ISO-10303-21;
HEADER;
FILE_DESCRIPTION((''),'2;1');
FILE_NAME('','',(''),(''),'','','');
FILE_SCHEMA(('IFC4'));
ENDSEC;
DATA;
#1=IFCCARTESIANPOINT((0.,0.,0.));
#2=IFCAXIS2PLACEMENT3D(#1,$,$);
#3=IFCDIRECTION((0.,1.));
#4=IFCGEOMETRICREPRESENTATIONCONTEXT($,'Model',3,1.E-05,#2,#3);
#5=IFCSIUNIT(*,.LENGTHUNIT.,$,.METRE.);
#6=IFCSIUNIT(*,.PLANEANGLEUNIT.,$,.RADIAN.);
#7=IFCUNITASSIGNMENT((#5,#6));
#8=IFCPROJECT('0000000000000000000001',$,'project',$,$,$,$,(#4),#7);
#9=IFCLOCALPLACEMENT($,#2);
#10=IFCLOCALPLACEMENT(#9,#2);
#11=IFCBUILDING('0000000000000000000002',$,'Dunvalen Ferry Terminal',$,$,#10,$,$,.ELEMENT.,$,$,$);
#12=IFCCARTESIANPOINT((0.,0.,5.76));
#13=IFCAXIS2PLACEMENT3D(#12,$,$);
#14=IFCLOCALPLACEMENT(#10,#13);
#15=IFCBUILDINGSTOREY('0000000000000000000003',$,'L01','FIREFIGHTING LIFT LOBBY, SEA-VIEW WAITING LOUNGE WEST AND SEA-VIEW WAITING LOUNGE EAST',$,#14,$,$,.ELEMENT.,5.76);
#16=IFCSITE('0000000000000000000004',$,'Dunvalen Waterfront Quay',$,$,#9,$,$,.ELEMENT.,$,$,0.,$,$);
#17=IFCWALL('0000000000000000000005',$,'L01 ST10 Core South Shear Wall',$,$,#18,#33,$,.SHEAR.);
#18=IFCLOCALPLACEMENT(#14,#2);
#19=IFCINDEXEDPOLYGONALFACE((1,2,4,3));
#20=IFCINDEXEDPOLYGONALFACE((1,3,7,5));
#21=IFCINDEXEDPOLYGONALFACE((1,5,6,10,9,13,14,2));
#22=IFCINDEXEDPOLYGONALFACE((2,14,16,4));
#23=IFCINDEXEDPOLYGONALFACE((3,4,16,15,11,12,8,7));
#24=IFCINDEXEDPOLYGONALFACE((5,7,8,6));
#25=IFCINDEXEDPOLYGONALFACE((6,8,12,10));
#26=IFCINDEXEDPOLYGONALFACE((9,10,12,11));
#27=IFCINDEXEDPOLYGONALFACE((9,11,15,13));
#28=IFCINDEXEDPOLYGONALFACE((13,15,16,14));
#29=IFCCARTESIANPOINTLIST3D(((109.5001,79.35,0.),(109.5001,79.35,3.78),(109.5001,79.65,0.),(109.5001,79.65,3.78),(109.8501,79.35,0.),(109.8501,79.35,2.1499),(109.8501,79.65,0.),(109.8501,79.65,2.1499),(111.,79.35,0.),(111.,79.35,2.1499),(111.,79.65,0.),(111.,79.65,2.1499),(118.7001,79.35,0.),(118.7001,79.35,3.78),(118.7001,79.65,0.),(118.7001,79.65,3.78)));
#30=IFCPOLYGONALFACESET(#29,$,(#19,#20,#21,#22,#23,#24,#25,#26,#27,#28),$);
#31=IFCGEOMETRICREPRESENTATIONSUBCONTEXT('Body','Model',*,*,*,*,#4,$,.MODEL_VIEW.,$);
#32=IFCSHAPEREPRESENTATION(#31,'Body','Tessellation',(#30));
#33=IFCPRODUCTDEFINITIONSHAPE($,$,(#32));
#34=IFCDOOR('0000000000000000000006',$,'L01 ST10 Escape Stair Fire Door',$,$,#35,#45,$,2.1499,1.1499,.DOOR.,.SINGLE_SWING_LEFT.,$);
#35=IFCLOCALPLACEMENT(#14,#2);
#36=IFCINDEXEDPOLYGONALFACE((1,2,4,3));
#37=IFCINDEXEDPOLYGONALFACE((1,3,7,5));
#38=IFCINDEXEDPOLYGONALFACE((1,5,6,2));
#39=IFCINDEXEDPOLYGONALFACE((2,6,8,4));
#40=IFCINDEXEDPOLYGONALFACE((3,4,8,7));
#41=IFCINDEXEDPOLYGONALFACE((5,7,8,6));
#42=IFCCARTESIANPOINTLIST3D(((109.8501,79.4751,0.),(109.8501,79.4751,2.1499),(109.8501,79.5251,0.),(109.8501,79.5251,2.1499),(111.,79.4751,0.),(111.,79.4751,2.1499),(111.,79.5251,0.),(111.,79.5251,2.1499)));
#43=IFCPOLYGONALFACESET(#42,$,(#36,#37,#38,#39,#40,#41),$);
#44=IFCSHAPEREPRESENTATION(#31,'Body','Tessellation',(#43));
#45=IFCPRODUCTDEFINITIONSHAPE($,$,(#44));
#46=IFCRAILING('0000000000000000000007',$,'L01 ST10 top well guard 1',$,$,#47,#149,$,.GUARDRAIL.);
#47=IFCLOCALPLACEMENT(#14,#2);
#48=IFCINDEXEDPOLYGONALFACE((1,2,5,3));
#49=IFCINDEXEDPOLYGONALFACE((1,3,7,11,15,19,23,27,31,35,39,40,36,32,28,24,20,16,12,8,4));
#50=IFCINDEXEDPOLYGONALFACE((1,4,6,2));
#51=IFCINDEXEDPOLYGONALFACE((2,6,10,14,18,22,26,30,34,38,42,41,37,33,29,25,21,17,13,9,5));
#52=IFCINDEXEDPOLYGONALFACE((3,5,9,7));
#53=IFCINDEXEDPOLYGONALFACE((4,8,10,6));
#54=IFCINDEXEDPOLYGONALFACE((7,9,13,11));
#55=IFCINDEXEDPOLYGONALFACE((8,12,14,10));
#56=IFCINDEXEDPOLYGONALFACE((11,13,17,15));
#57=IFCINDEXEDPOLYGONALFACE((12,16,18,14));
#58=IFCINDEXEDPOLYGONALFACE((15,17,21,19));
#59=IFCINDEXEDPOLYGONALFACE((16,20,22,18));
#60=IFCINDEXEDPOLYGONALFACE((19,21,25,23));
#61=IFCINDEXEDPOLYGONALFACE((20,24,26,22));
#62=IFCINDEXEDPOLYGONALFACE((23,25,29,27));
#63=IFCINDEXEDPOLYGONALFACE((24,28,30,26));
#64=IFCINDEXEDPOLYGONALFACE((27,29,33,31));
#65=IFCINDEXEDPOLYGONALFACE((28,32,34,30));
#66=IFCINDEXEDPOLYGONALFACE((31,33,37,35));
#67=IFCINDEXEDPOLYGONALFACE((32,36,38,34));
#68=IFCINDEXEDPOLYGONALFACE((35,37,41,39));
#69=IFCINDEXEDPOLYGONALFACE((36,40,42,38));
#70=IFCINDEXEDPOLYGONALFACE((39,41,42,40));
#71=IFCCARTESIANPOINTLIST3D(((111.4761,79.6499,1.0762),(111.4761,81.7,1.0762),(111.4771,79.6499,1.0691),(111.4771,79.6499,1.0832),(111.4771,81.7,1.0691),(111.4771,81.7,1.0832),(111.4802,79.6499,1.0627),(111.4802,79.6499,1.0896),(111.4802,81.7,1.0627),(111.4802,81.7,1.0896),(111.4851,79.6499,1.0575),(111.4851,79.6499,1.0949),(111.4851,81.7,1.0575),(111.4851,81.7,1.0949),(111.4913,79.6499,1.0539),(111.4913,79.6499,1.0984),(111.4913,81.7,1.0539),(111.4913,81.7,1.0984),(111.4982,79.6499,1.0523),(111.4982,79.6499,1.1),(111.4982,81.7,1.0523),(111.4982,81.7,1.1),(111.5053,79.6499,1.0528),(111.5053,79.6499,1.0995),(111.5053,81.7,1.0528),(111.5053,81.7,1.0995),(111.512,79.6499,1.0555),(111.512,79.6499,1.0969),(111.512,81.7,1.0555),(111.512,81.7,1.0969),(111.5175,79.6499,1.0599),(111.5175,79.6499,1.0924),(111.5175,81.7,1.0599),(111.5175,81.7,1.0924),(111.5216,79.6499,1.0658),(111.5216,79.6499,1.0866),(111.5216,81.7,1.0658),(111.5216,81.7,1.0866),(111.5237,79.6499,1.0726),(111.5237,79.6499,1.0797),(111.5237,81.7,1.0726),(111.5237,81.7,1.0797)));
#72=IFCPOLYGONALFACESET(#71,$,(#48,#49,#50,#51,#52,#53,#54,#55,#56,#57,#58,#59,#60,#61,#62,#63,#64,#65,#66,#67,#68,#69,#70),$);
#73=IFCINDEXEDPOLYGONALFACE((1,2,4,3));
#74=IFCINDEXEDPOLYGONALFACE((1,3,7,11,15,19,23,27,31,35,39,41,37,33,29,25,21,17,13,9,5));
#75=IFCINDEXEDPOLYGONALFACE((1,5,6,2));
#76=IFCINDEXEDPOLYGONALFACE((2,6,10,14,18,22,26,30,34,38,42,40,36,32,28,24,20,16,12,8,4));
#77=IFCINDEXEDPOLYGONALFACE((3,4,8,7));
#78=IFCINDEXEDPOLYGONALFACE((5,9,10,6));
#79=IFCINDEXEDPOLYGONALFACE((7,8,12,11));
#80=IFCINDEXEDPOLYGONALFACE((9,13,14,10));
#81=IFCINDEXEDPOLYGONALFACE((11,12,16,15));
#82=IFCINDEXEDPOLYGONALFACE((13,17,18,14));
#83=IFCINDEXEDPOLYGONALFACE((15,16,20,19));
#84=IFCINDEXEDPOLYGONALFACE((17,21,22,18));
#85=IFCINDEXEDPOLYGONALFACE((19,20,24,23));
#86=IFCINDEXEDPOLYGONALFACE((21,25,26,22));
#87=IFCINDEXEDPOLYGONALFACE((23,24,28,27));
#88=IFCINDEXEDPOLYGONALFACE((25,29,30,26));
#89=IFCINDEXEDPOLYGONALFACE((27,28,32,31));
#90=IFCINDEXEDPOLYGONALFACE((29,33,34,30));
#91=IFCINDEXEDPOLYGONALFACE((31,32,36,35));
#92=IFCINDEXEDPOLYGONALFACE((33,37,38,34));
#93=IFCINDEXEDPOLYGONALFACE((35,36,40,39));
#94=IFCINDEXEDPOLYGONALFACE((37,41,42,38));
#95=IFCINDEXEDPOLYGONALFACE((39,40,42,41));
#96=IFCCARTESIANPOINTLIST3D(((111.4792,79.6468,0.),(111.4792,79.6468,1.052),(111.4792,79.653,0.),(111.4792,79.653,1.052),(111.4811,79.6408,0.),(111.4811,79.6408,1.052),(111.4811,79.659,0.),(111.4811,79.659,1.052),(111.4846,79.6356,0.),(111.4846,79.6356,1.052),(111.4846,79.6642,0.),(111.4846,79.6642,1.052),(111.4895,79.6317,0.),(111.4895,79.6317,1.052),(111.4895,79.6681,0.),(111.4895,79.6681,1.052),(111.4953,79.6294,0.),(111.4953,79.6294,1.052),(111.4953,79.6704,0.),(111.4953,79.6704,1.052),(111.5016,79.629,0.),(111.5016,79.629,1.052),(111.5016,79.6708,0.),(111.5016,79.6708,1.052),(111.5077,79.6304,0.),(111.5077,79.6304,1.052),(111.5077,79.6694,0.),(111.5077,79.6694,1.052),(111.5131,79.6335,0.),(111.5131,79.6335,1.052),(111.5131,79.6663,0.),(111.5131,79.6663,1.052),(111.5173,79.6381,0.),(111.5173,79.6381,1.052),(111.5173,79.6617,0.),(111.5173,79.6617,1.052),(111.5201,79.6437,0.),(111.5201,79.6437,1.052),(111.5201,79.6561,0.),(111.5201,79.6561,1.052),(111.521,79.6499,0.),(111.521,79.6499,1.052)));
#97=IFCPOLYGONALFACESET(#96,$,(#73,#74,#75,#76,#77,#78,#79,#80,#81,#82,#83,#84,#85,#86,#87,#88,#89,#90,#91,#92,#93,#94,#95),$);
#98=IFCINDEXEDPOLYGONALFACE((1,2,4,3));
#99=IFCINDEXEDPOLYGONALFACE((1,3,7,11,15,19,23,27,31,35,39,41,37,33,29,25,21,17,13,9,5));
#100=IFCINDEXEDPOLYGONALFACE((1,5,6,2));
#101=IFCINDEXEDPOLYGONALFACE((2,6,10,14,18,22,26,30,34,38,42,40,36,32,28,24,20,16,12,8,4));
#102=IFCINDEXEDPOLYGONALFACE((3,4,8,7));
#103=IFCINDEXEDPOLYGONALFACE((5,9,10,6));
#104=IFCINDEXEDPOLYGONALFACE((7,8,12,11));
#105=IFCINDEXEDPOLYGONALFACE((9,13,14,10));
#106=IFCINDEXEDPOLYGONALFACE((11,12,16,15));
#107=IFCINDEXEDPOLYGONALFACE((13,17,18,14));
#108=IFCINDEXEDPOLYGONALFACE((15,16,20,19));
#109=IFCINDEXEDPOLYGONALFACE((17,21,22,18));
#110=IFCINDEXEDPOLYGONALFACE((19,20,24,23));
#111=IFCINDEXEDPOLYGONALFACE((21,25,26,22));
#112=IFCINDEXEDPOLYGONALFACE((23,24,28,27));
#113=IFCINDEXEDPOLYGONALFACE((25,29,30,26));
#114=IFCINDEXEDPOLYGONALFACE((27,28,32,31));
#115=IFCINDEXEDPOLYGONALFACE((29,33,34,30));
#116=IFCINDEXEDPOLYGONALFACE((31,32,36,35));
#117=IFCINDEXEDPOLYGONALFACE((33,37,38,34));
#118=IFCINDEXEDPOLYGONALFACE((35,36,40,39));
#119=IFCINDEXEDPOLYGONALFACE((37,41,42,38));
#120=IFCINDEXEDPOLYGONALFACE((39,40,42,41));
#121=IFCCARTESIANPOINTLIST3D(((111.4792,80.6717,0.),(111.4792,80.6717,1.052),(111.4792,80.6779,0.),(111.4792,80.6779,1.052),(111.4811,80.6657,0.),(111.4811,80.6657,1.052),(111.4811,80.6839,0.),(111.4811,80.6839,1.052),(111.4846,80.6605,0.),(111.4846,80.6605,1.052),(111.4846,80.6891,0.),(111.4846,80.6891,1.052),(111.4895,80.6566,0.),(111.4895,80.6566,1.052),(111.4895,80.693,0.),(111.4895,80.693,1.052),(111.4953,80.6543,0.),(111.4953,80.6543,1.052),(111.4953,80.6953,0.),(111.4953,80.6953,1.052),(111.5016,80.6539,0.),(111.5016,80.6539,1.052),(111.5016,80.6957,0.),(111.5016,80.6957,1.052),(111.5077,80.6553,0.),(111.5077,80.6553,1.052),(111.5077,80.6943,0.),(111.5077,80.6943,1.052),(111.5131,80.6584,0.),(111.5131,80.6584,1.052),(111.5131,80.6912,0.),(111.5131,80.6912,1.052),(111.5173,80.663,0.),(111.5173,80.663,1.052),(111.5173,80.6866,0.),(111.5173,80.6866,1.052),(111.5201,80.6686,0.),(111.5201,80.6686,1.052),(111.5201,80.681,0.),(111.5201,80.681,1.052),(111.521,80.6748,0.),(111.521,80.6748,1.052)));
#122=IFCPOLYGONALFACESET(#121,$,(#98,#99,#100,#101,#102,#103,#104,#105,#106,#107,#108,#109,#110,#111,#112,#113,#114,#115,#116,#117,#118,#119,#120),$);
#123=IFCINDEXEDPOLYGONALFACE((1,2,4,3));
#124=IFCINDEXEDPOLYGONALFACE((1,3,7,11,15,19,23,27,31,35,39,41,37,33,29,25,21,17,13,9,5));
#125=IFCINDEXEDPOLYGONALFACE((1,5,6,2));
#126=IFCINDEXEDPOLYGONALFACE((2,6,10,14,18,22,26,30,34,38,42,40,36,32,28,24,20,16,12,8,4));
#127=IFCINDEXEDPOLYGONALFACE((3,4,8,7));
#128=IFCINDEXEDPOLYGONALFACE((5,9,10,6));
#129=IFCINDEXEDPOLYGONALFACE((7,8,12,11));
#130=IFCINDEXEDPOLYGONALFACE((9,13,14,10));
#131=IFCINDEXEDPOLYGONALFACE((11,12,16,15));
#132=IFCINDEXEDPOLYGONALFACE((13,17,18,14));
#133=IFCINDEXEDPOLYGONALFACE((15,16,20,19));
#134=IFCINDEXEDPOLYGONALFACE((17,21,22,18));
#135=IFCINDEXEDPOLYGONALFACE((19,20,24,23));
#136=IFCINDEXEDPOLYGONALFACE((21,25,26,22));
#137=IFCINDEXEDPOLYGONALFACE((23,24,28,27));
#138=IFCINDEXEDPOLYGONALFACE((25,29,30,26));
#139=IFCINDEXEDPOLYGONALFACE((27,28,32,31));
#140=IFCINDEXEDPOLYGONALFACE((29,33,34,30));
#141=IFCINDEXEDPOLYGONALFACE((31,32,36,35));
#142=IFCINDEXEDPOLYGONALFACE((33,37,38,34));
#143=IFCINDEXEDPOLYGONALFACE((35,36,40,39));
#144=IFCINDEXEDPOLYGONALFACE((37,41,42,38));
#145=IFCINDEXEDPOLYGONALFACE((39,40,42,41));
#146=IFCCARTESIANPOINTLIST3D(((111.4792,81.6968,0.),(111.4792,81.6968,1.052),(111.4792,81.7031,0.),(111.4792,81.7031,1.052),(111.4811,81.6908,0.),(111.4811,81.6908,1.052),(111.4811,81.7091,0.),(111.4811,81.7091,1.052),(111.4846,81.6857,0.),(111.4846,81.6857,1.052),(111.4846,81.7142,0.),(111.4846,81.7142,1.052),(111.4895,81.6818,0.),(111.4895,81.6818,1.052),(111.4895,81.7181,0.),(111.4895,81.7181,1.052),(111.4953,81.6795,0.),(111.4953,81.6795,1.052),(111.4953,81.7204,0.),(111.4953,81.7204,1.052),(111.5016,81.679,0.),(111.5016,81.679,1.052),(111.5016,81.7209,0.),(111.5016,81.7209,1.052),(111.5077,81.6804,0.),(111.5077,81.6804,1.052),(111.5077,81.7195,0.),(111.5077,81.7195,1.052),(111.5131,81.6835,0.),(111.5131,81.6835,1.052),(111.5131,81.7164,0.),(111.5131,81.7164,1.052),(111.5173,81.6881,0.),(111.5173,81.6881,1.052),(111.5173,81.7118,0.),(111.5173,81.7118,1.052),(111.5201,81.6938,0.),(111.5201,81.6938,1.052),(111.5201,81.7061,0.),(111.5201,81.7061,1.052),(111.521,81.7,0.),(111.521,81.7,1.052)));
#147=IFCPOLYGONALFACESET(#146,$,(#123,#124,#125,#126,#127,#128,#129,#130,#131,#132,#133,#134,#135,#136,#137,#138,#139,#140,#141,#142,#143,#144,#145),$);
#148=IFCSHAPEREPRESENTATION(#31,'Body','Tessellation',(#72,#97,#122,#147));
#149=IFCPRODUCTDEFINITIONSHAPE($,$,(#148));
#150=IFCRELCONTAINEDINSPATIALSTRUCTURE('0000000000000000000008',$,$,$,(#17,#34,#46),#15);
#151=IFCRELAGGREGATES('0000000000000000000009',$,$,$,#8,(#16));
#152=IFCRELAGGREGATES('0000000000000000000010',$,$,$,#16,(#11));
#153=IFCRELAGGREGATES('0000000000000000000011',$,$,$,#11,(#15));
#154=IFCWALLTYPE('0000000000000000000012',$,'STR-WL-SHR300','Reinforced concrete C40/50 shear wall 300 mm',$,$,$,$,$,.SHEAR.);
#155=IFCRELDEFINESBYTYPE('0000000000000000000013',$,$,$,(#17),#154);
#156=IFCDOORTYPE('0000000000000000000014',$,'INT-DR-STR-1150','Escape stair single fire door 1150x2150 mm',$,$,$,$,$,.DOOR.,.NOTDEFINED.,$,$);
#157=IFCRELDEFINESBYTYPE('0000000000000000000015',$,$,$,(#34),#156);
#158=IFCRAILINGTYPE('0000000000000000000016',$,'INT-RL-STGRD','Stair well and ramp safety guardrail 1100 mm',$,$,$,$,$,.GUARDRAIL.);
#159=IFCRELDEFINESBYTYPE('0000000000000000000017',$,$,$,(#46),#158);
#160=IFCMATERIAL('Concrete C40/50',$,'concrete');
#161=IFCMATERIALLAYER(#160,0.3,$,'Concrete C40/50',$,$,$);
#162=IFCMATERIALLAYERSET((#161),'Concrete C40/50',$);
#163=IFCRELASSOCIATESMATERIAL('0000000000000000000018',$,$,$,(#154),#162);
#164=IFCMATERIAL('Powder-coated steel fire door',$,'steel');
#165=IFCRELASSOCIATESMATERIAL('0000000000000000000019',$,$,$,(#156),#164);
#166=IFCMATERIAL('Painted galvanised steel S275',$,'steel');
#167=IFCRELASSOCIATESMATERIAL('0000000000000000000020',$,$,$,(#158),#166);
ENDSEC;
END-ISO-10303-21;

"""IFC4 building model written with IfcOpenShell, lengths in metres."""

from ifc_helpers import new_model, si_unit, direction, frame, frame_2d, origin, origin_2d, place, context, subcontext, project, spatial, rectangle, circle, extrude, material, layer, layer_set, type_object, element, fill, save


model = new_model("IFC4")

# Units and contexts
model_context = context("Model", 3, precision=1e-05, world=origin(), true_north=direction((0.0, 1.0)))
body_context = subcontext(model_context, "Body", "Model", "MODEL_VIEW")
ifc_project = project(units=[si_unit("LENGTHUNIT", "METRE"), si_unit("PLANEANGLEUNIT", "RADIAN")], contexts=[model_context])

# Site, building, storey
site_placement = place(None, origin())
site = spatial("IfcSite", under=ifc_project, at=site_placement, Name="Dunvalen Waterfront Quay", CompositionType="ELEMENT", RefElevation=0.0)
building_placement = place(site_placement, origin())
building = spatial("IfcBuilding", under=site, at=building_placement, Name="Dunvalen Ferry Terminal", CompositionType="ELEMENT")
storey_placement = place(building_placement, frame((0.0, 0.0, 5.76)))
storey = spatial("IfcBuildingStorey", under=building, at=storey_placement, Name="L01", Description="FIREFIGHTING LIFT LOBBY, SEA-VIEW WAITING LOUNGE WEST AND SEA-VIEW WAITING LOUNGE EAST", CompositionType="ELEMENT", Elevation=5.76)

# Shared definitions
ifc_material_1 = material(Name="Concrete C40/50", Category="concrete")

# Shared definitions
ifc_layer_1 = layer(ifc_material_1, 0.3, Name="Concrete C40/50")
ifc_layer_set_1 = layer_set([ifc_layer_1], Name="Concrete C40/50")
wall_type = type_object("IfcWallType", Name="STR-WL-SHR300", Description="Reinforced concrete C40/50 shear wall 300 mm", PredefinedType="SHEAR", material=ifc_layer_set_1)

# Wall, opening, door
wall_1_placement = place(storey_placement, frame((109.5, 79.5, 0.0), z_axis=(0.0, 0.0, 1.0), x_axis=(1.0, 0.0, 0.0)))
wall_1 = element("IfcWall", 1, at=wall_1_placement, inside=storey, type_object=wall_type, Name="L01 ST10 Core South Shear Wall", PredefinedType="SHEAR", context=body_context, shape_type="SweptSolid", body=[
    extrude(rectangle(XDim=9.2, YDim=0.3, at=frame_2d((4.6001, 0.0))), origin(), (0.0, 0.0, 1.0), 3.78),
])
opening_placement = place(wall_1_placement, frame((0.3501, 0.0, 0.0)))
opening = element("IfcOpeningElement", 2, at=opening_placement, cuts=wall_1, PredefinedType="OPENING", context=body_context, shape_type="SweptSolid", body=[
    extrude(rectangle(XDim=1.1499, YDim=2.1499, at=frame_2d((0.575, 1.075))), frame((0.0, 0.1602, 0.0), z_axis=(0.0, -1.0, 0.0), x_axis=(1.0, 0.0, 0.0)), (0.0, 0.0, 1.0), 0.3201),
])
ifc_material_2 = material(Name="Powder-coated steel fire door", Category="steel")
door_type = type_object("IfcDoorType", Name="INT-DR-STR-1150", Description="Escape stair single fire door 1150x2150 mm", OperationType="NOTDEFINED", PredefinedType="DOOR", material=ifc_material_2)
door_placement = place(opening_placement, frame((1.1499, 0.0, 0.0), z_axis=(0.0, 0.0, 1.0), x_axis=(-1.0, 0.0, 0.0)))
door = element("IfcDoor", 3, at=door_placement, inside=storey, type_object=door_type, Name="L01 ST10 Escape Stair Fire Door", OperationType="SINGLE_SWING_LEFT", OverallHeight=2.1499, OverallWidth=1.1499, PredefinedType="DOOR", context=body_context, shape_type="SweptSolid", body=[
    extrude(rectangle(XDim=1.1499, YDim=2.1499, at=frame_2d((0.575, 1.075))), frame((0.0, 0.0249, 0.0), z_axis=(0.0, -1.0, 0.0), x_axis=(1.0, 0.0, 0.0)), (0.0, 0.0, 1.0), 0.05),
])
fill(opening, door)

# Railing
ifc_material_3 = material(Name="Painted galvanised steel S275", Category="steel")
railing_type = type_object("IfcRailingType", Name="INT-RL-STGRD", Description="Stair well and ramp safety guardrail 1100 mm", PredefinedType="GUARDRAIL", material=ifc_material_3)
railing_placement = place(storey_placement, frame((111.5, 79.6499, 0.0)))
element("IfcRailing", 4, at=railing_placement, inside=storey, type_object=railing_type, Name="L01 ST10 top well guard 1", PredefinedType="GUARDRAIL", context=body_context, shape_type="SweptSolid", body=[
    extrude(circle(Radius=0.0239, at=origin_2d()), frame((0.0, 0.0, 1.0762), z_axis=(0.0, 1.0, 0.0), x_axis=(-1.0, 0.0, 0.0)), (0.0, 0.0, 1.0), 2.05),
    extrude(circle(Radius=0.021, at=origin_2d()), origin(), (0.0, 0.0, 1.0), 1.052),
    extrude(circle(Radius=0.021, at=origin_2d()), frame((0.0, 1.0249, 0.0)), (0.0, 0.0, 1.0), 1.052),
    extrude(circle(Radius=0.021, at=origin_2d()), frame((0.0, 2.05, 0.0)), (0.0, 0.0, 1.0), 1.052),
])

save(model, "model.ifc")
